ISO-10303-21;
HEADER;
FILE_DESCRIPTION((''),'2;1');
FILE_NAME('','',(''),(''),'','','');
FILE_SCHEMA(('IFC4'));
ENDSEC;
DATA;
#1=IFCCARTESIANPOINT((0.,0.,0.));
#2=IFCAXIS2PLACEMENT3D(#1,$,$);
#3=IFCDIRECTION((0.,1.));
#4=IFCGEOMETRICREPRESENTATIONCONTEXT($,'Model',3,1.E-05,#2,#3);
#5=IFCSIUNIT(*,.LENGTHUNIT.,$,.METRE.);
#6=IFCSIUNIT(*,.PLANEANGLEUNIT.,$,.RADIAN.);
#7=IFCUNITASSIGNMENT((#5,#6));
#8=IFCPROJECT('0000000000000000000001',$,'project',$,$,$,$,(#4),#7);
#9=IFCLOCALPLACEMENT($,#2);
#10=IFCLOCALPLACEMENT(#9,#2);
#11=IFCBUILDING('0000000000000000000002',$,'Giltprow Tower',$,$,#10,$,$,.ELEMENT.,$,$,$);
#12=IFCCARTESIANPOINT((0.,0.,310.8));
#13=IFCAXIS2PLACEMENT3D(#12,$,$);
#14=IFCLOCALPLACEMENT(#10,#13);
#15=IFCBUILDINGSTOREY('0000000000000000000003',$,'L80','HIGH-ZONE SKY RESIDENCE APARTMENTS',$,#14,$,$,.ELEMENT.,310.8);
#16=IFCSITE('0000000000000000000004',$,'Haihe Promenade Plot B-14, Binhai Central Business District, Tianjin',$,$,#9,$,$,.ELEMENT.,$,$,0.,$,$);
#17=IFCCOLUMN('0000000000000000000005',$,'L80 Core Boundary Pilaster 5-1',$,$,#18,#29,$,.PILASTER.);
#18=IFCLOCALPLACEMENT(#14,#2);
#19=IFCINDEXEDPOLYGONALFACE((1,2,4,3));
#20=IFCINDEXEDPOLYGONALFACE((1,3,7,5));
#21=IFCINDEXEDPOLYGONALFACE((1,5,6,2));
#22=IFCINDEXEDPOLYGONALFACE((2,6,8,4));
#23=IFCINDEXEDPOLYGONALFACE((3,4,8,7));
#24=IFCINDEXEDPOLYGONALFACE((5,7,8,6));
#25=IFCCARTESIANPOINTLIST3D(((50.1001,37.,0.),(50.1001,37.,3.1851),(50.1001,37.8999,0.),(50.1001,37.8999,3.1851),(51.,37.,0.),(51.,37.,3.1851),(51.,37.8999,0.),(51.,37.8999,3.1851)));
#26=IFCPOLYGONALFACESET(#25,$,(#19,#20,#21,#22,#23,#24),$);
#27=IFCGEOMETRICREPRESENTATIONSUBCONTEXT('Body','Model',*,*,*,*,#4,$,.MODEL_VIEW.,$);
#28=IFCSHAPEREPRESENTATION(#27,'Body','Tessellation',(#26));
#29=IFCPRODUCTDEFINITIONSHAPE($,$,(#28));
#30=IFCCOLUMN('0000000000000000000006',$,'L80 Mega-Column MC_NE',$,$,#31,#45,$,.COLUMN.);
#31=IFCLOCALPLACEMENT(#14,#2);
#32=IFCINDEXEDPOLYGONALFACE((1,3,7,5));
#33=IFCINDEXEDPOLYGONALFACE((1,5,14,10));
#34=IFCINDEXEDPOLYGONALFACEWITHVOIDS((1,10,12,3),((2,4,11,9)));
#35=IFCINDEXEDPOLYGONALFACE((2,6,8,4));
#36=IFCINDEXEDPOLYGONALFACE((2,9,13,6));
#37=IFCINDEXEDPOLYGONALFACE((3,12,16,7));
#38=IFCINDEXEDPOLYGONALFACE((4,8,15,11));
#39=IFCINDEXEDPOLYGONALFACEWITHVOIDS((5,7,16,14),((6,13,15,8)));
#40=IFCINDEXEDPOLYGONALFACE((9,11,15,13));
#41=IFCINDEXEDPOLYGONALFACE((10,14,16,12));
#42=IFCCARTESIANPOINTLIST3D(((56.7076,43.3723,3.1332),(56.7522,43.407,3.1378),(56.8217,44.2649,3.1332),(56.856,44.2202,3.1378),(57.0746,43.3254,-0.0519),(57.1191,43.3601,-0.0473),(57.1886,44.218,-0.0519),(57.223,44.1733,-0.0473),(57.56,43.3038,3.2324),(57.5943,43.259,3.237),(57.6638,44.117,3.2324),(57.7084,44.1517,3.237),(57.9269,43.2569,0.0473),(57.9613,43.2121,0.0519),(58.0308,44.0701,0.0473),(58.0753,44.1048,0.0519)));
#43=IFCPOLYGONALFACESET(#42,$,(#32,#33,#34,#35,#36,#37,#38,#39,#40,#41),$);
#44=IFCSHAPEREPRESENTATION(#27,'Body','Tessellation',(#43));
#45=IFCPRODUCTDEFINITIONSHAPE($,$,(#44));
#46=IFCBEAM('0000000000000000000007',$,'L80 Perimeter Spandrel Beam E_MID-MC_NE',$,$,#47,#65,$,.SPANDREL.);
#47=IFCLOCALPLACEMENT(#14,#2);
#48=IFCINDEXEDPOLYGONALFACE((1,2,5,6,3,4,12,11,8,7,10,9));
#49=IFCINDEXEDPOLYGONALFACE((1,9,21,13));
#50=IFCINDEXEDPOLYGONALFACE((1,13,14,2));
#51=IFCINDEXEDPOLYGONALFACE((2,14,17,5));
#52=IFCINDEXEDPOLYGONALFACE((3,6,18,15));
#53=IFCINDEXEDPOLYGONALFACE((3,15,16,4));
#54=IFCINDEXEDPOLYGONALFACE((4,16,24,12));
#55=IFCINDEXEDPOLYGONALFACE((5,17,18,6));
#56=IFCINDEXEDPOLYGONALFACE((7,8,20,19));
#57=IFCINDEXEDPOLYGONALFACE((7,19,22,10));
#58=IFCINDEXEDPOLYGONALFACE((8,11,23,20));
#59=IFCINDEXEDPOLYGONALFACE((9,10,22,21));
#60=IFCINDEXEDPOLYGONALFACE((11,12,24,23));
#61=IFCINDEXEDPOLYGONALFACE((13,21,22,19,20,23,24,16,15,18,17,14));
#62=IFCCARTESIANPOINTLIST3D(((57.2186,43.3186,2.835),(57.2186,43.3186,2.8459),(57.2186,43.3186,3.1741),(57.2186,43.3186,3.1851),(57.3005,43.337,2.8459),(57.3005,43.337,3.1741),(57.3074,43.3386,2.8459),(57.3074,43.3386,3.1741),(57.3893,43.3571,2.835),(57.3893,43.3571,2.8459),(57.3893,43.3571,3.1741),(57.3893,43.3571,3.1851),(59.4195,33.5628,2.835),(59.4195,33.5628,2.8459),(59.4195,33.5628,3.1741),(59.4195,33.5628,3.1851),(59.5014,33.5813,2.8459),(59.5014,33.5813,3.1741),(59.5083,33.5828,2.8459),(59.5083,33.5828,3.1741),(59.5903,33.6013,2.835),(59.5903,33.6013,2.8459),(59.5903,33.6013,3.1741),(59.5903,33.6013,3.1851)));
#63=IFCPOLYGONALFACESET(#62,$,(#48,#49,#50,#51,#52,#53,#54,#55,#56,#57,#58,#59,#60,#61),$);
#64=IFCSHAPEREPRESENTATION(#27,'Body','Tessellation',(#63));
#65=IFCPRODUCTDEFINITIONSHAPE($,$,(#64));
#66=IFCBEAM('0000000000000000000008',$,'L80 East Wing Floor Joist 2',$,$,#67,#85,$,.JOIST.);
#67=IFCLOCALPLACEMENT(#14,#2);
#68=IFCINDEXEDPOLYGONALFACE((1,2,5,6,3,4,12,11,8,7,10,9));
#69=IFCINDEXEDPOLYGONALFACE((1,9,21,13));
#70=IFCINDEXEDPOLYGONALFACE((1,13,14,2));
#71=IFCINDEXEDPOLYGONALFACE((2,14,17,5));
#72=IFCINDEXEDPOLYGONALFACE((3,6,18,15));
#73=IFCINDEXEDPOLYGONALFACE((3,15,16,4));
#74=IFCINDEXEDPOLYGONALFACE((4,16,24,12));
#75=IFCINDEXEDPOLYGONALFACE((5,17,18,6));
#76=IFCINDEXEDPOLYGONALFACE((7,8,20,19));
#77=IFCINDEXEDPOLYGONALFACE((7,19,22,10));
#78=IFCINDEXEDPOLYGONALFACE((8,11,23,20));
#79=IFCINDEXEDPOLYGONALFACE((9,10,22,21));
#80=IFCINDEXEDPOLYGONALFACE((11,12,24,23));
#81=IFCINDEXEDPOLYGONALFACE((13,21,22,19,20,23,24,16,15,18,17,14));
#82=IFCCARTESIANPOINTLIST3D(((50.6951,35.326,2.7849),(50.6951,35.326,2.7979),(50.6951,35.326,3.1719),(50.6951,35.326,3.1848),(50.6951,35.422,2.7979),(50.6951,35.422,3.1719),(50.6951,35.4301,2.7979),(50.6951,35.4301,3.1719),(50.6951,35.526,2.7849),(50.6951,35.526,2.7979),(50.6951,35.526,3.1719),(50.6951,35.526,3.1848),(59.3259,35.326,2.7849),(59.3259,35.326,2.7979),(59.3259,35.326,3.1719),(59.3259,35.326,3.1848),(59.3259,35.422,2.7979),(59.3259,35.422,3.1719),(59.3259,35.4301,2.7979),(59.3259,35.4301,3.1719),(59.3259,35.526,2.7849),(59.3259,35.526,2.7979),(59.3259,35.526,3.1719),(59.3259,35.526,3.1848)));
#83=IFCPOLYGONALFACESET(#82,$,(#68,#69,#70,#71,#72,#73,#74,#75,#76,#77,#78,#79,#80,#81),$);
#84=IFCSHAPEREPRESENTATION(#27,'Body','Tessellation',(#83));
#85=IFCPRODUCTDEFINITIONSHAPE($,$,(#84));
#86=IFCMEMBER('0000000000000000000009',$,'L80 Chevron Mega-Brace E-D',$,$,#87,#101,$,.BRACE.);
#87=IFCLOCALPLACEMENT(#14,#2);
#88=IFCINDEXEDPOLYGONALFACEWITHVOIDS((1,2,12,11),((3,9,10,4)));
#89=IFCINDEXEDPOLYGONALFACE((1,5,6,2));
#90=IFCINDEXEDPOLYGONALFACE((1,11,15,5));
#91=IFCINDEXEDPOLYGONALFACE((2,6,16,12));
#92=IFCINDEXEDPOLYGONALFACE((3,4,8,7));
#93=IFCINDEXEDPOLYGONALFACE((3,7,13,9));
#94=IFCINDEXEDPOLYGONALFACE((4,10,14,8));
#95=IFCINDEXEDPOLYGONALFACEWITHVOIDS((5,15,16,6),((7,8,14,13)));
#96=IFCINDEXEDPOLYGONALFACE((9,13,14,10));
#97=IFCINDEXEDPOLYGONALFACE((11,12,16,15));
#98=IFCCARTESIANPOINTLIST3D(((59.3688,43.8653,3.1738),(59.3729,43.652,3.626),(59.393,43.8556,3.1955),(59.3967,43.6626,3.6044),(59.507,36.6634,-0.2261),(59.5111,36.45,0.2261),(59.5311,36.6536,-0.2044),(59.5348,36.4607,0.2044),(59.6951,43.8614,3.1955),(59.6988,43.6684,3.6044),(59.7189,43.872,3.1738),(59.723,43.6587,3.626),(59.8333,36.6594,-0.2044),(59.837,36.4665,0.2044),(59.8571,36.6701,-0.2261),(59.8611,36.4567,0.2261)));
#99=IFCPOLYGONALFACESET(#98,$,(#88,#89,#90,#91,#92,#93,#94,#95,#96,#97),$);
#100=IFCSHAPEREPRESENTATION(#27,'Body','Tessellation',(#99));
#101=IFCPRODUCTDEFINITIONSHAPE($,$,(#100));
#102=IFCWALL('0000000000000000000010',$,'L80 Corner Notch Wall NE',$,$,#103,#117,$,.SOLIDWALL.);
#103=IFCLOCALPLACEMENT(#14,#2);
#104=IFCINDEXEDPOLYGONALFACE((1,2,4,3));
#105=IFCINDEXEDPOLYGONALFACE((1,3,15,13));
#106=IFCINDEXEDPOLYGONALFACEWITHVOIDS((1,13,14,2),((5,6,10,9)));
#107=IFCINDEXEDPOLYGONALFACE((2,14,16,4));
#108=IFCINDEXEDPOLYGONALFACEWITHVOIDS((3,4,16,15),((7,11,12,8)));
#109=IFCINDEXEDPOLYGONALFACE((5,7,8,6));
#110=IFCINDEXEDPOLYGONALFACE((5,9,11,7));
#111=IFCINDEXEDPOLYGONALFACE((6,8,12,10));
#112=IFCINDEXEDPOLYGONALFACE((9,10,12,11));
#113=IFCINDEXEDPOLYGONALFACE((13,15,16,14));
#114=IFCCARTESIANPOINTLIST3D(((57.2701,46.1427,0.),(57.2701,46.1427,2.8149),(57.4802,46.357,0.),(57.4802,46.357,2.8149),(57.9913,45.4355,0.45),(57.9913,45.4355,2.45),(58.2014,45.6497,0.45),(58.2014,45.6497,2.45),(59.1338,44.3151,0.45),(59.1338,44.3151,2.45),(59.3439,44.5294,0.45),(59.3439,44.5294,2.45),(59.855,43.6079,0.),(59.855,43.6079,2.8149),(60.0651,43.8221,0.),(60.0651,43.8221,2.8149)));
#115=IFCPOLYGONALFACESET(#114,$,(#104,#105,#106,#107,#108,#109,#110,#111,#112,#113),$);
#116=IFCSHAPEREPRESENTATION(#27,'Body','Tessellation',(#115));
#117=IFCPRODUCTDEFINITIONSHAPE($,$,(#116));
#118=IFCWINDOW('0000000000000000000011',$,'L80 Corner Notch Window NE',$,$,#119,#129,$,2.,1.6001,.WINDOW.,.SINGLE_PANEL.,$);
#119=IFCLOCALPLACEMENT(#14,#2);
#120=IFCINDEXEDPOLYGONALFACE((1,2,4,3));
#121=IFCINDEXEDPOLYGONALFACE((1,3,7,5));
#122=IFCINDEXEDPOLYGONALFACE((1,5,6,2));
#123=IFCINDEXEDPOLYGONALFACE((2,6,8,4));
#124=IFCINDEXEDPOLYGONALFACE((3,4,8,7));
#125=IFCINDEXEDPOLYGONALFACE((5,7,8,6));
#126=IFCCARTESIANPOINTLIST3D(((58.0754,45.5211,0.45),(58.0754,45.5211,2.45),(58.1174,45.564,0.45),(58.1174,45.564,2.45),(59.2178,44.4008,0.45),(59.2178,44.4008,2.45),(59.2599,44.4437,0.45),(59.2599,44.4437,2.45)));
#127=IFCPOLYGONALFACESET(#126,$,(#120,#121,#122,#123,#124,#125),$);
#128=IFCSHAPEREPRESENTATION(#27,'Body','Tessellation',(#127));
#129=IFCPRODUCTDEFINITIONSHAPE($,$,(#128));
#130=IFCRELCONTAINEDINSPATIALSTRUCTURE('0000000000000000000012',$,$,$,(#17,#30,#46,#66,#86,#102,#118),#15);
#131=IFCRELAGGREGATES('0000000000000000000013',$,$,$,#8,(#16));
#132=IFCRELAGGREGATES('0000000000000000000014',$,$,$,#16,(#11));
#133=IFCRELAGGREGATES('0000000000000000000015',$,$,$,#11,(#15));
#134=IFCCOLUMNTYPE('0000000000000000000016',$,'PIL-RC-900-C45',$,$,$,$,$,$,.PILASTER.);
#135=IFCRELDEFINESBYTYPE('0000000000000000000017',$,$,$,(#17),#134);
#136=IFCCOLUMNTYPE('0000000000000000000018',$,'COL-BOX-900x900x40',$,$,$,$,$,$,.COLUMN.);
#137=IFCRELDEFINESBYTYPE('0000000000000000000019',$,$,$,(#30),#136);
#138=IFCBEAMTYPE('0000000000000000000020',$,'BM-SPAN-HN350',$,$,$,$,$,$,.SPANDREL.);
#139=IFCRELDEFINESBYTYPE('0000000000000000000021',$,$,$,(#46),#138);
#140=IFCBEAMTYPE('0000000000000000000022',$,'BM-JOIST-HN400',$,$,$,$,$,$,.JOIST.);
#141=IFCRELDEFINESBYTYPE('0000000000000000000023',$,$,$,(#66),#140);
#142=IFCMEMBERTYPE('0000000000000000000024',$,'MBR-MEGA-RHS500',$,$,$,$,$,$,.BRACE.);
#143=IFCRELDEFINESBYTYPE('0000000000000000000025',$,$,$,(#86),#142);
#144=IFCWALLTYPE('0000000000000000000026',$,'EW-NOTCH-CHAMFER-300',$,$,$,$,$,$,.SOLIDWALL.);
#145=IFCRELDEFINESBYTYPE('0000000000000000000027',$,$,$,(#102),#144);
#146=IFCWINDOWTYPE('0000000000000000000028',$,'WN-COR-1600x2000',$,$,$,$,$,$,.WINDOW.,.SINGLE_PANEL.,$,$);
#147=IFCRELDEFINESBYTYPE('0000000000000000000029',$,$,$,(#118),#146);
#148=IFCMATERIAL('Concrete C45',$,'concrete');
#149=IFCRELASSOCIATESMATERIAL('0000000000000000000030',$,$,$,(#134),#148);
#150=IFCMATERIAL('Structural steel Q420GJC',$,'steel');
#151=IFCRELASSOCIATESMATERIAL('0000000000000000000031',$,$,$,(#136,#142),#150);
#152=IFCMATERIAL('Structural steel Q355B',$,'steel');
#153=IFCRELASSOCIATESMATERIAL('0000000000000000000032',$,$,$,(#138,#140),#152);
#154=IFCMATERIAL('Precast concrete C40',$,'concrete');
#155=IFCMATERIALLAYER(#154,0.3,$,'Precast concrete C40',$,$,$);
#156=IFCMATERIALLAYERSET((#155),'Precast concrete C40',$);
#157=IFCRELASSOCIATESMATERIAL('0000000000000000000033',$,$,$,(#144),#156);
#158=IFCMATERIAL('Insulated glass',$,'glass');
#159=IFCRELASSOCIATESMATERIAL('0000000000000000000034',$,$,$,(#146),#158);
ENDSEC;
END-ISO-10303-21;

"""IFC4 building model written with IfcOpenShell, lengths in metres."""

from ifc_helpers import new_model, si_unit, direction, frame, frame_2d, origin, origin_2d, place, context, subcontext, project, spatial, rectangle, hollow_rectangle, i_section, extrude, source, transform, mapped, material, layer, layer_set, material_profile, profile_set, type_object, element, fill, save


model = new_model("IFC4")

# Units and contexts
model_context = context("Model", 3, precision=1e-05, world=origin(), true_north=direction((0.0, 1.0)))
body_context = subcontext(model_context, "Body", "Model", "MODEL_VIEW")
ifc_project = project(units=[si_unit("LENGTHUNIT", "METRE"), si_unit("PLANEANGLEUNIT", "RADIAN")], contexts=[model_context])

# Site, building, storey
site_placement = place(None, origin())
site = spatial("IfcSite", under=ifc_project, at=site_placement, Name="Haihe Promenade Plot B-14, Binhai Central Business District, Tianjin", CompositionType="ELEMENT", RefElevation=0.0)
building_placement = place(site_placement, origin())
building = spatial("IfcBuilding", under=site, at=building_placement, Name="Giltprow Tower", CompositionType="ELEMENT")
storey_placement = place(building_placement, frame((0.0, 0.0, 310.8)))
storey = spatial("IfcBuildingStorey", under=building, at=storey_placement, Name="L80", Description="HIGH-ZONE SKY RESIDENCE APARTMENTS", CompositionType="ELEMENT", Elevation=310.8)

# Columns
ifc_material_1 = material(Name="Concrete C45", Category="concrete")
ifc_material_profile_1 = material_profile(ifc_material_1, rectangle(XDim=0.8999, YDim=0.8999, at=origin_2d()), Name="RC 900x900")
ifc_profile_set_1 = profile_set([ifc_material_profile_1], Name="Concrete C45")
column_type_1 = type_object("IfcColumnType", Name="PIL-RC-900-C45", PredefinedType="PILASTER", material=ifc_profile_set_1)
shared_shape_1 = source(origin(), body_context, "Body", "SweptSolid", [
    extrude(rectangle(XDim=0.8999, YDim=0.8999, at=origin_2d()), origin(), (0.0, 0.0, 1.0), 3.1851),
])
column_1_placement = place(storey_placement, frame((50.55, 37.45, 0.0), z_axis=(0.0, 0.0, 1.0), x_axis=(1.0, 0.0, 0.0)))
element("IfcColumn", 1, at=column_1_placement, inside=storey, type_object=column_type_1, Name="L80 Core Boundary Pilaster 5-1", PredefinedType="PILASTER", context=body_context, shape_type="MappedRepresentation", body=[
    mapped(shared_shape_1, transform((0.0, 0.0, 0.0), x_axis=(1.0, 0.0, 0.0), y_axis=(0.0, 1.0, 0.0), z_axis=(0.0, 0.0, 1.0), scale=1.0)),
])
ifc_material_2 = material(Name="Structural steel Q420GJC", Category="steel")
ifc_material_profile_2 = material_profile(ifc_material_2, hollow_rectangle(XDim=0.8999, YDim=0.8999, WallThickness=0.04, at=origin_2d()), Name="BOX 900x900x40")
ifc_profile_set_2 = profile_set([ifc_material_profile_2], Name="Structural steel Q420GJC")
column_type_2 = type_object("IfcColumnType", Name="COL-BOX-900x900x40", PredefinedType="COLUMN", material=ifc_profile_set_2)
shared_shape_2 = source(origin(), body_context, "Body", "SweptSolid", [
    extrude(hollow_rectangle(XDim=0.8999, YDim=0.8999, WallThickness=0.04, at=origin_2d()), origin(), (0.0, 0.0, 1.0), 3.2065),
])
column_2_placement = place(storey_placement, frame((57.575, 43.7151, 0.0), z_axis=(-0.114438, 0.014619, 0.993323), x_axis=(-0.126715, -0.991939, 0.0)))
element("IfcColumn", 2, at=column_2_placement, inside=storey, type_object=column_type_2, Name="L80 Mega-Column MC_NE", PredefinedType="COLUMN", context=body_context, shape_type="MappedRepresentation", body=[
    mapped(shared_shape_2, transform((0.0, 0.0, 0.0), x_axis=(1.0, 0.0, 0.0), y_axis=(0.0, 1.0, 0.0), z_axis=(0.0, 0.0, 1.0), scale=1.0)),
])

# Beams
ifc_material_3 = material(Name="Structural steel Q355B", Category="steel")
ifc_material_profile_3 = material_profile(ifc_material_3, i_section(OverallWidth=0.175, OverallDepth=0.3501, WebThickness=0.0071, FlangeThickness=0.011, at=origin_2d()), Name="HN 350x175x7x11")
ifc_profile_set_3 = profile_set([ifc_material_profile_3], Name="Structural steel Q355B")
beam_type_1 = type_object("IfcBeamType", Name="BM-SPAN-HN350", PredefinedType="SPANDREL", material=ifc_profile_set_3)
shared_shape_3 = source(origin(), body_context, "Body", "SweptSolid", [
    extrude(i_section(OverallWidth=0.175, OverallDepth=0.3501, WebThickness=0.0071, FlangeThickness=0.011, at=origin_2d()), origin(), (0.0, 0.0, 1.0), 10.001),
])
beam_1_placement = place(storey_placement, frame((59.5049, 33.582, 3.01), z_axis=(-0.22007, 0.975484, 0.0), x_axis=(-0.975484, -0.22007, 0.0)))
element("IfcBeam", 3, at=beam_1_placement, inside=storey, type_object=beam_type_1, Name="L80 Perimeter Spandrel Beam E_MID-MC_NE", PredefinedType="SPANDREL", context=body_context, shape_type="MappedRepresentation", body=[
    mapped(shared_shape_3, transform((0.0, 0.0, 0.0), x_axis=(1.0, 0.0, 0.0), y_axis=(0.0, 1.0, 0.0), z_axis=(0.0, 0.0, 1.0), scale=1.0)),
])
ifc_material_profile_4 = material_profile(ifc_material_3, i_section(OverallWidth=0.2, OverallDepth=0.3999, WebThickness=0.0081, FlangeThickness=0.0129, at=origin_2d()), Name="HN 400x200x8x13")
ifc_profile_set_4 = profile_set([ifc_material_profile_4], Name="Structural steel Q355B")
beam_type_2 = type_object("IfcBeamType", Name="BM-JOIST-HN400", PredefinedType="JOIST", material=ifc_profile_set_4)
shared_shape_4 = source(origin(), body_context, "Body", "SweptSolid", [
    extrude(i_section(OverallWidth=0.2, OverallDepth=0.3999, WebThickness=0.0081, FlangeThickness=0.0129, at=origin_2d()), origin(), (0.0, 0.0, 1.0), 8.6309),
])
beam_2_placement = place(storey_placement, frame((50.6951, 35.426, 2.9849), z_axis=(1.0, 0.0, 0.0), x_axis=(0.0, 1.0, 0.0)))
element("IfcBeam", 4, at=beam_2_placement, inside=storey, type_object=beam_type_2, Name="L80 East Wing Floor Joist 2", PredefinedType="JOIST", context=body_context, shape_type="MappedRepresentation", body=[
    mapped(shared_shape_4, transform((0.0, 0.0, 0.0), x_axis=(1.0, 0.0, 0.0), y_axis=(0.0, 1.0, 0.0), z_axis=(0.0, 0.0, 1.0), scale=1.0)),
])

# Member
ifc_material_profile_5 = material_profile(ifc_material_2, hollow_rectangle(XDim=0.3501, YDim=0.5, WallThickness=0.0239, at=origin_2d()), Name="RHS 500x350x24")
ifc_profile_set_5 = profile_set([ifc_material_profile_5], Name="Structural steel Q420GJC")
member_type = type_object("IfcMemberType", Name="MBR-MEGA-RHS500", PredefinedType="BRACE", material=ifc_profile_set_5)
shared_shape_5 = source(origin(), body_context, "Body", "SweptSolid", [
    extrude(hollow_rectangle(XDim=0.3501, YDim=0.5, WallThickness=0.0239, at=origin_2d()), origin(), (0.0, 0.0, 1.0), 7.9653),
])
member_placement = place(storey_placement, frame((59.6841, 36.5601, 0.0), z_axis=(-0.017348, 0.904161, 0.42684), x_axis=(-0.999816, -0.019184, 0.0)))
element("IfcMember", 5, at=member_placement, inside=storey, type_object=member_type, Name="L80 Chevron Mega-Brace E-D", PredefinedType="BRACE", context=body_context, shape_type="MappedRepresentation", body=[
    mapped(shared_shape_5, transform((0.0, 0.0, 0.0), x_axis=(1.0, 0.0, 0.0), y_axis=(0.0, 1.0, 0.0), z_axis=(0.0, 0.0, 1.0), scale=1.0)),
])

# Wall, opening, window
ifc_material_4 = material(Name="Precast concrete C40", Category="concrete")
ifc_layer_1 = layer(ifc_material_4, 0.3, Name="Precast concrete C40")
ifc_layer_set_1 = layer_set([ifc_layer_1], Name="Precast concrete C40")
wall_type_1 = type_object("IfcWallType", Name="EW-NOTCH-CHAMFER-300", PredefinedType="SOLIDWALL", material=ifc_layer_set_1)
wall_1_placement = place(storey_placement, frame((59.96, 43.7151, 0.0), z_axis=(0.0, 0.0, 1.0), x_axis=(-0.713985, 0.700161, 0.0)))
wall_1 = element("IfcWall", 6, at=wall_1_placement, inside=storey, type_object=wall_type_1, Name="L80 Corner Notch Wall NE", PredefinedType="SOLIDWALL", context=body_context, shape_type="SweptSolid", body=[
    extrude(rectangle(XDim=3.6204, YDim=0.3, at=frame_2d((1.8101, 0.0))), origin(), (0.0, 0.0, 1.0), 2.8149),
])
opening_1_placement = place(wall_1_placement, frame((1.01, 0.0, 0.45)))
opening_1 = element("IfcOpeningElement", 7, at=opening_1_placement, cuts=wall_1, PredefinedType="OPENING", context=body_context, shape_type="SweptSolid", body=[
    extrude(rectangle(XDim=1.6001, YDim=2.0, at=frame_2d((0.8, 1.0))), frame((0.0, 0.1599, 0.0), z_axis=(0.0, -1.0, 0.0), x_axis=(1.0, 0.0, 0.0)), (0.0, 0.0, 1.0), 0.3201),
])
ifc_material_5 = material(Name="Insulated glass", Category="glass")
window_type = type_object("IfcWindowType", Name="WN-COR-1600x2000", PartitioningType="SINGLE_PANEL", PredefinedType="WINDOW", material=ifc_material_5)
shared_shape_6 = source(origin(), body_context, "Body", "SweptSolid", [
    extrude(rectangle(XDim=1.6001, YDim=2.0, at=frame_2d((0.8, 1.0))), frame((0.0, 0.03, 0.0), z_axis=(0.0, -1.0, 0.0), x_axis=(1.0, 0.0, 0.0)), (0.0, 0.0, 1.0), 0.0601),
])
window_placement = place(opening_1_placement, origin())
window = element("IfcWindow", 8, at=window_placement, inside=storey, type_object=window_type, Name="L80 Corner Notch Window NE", OverallHeight=2.0, OverallWidth=1.6001, PartitioningType="SINGLE_PANEL", PredefinedType="WINDOW", context=body_context, shape_type="MappedRepresentation", body=[
    mapped(shared_shape_6, transform((0.0, 0.0, 0.0), x_axis=(1.0, 0.0, 0.0), y_axis=(0.0, 1.0, 0.0), z_axis=(0.0, 0.0, 1.0), scale=1.0)),
])
fill(opening_1, window)

save(model, "model.ifc")
